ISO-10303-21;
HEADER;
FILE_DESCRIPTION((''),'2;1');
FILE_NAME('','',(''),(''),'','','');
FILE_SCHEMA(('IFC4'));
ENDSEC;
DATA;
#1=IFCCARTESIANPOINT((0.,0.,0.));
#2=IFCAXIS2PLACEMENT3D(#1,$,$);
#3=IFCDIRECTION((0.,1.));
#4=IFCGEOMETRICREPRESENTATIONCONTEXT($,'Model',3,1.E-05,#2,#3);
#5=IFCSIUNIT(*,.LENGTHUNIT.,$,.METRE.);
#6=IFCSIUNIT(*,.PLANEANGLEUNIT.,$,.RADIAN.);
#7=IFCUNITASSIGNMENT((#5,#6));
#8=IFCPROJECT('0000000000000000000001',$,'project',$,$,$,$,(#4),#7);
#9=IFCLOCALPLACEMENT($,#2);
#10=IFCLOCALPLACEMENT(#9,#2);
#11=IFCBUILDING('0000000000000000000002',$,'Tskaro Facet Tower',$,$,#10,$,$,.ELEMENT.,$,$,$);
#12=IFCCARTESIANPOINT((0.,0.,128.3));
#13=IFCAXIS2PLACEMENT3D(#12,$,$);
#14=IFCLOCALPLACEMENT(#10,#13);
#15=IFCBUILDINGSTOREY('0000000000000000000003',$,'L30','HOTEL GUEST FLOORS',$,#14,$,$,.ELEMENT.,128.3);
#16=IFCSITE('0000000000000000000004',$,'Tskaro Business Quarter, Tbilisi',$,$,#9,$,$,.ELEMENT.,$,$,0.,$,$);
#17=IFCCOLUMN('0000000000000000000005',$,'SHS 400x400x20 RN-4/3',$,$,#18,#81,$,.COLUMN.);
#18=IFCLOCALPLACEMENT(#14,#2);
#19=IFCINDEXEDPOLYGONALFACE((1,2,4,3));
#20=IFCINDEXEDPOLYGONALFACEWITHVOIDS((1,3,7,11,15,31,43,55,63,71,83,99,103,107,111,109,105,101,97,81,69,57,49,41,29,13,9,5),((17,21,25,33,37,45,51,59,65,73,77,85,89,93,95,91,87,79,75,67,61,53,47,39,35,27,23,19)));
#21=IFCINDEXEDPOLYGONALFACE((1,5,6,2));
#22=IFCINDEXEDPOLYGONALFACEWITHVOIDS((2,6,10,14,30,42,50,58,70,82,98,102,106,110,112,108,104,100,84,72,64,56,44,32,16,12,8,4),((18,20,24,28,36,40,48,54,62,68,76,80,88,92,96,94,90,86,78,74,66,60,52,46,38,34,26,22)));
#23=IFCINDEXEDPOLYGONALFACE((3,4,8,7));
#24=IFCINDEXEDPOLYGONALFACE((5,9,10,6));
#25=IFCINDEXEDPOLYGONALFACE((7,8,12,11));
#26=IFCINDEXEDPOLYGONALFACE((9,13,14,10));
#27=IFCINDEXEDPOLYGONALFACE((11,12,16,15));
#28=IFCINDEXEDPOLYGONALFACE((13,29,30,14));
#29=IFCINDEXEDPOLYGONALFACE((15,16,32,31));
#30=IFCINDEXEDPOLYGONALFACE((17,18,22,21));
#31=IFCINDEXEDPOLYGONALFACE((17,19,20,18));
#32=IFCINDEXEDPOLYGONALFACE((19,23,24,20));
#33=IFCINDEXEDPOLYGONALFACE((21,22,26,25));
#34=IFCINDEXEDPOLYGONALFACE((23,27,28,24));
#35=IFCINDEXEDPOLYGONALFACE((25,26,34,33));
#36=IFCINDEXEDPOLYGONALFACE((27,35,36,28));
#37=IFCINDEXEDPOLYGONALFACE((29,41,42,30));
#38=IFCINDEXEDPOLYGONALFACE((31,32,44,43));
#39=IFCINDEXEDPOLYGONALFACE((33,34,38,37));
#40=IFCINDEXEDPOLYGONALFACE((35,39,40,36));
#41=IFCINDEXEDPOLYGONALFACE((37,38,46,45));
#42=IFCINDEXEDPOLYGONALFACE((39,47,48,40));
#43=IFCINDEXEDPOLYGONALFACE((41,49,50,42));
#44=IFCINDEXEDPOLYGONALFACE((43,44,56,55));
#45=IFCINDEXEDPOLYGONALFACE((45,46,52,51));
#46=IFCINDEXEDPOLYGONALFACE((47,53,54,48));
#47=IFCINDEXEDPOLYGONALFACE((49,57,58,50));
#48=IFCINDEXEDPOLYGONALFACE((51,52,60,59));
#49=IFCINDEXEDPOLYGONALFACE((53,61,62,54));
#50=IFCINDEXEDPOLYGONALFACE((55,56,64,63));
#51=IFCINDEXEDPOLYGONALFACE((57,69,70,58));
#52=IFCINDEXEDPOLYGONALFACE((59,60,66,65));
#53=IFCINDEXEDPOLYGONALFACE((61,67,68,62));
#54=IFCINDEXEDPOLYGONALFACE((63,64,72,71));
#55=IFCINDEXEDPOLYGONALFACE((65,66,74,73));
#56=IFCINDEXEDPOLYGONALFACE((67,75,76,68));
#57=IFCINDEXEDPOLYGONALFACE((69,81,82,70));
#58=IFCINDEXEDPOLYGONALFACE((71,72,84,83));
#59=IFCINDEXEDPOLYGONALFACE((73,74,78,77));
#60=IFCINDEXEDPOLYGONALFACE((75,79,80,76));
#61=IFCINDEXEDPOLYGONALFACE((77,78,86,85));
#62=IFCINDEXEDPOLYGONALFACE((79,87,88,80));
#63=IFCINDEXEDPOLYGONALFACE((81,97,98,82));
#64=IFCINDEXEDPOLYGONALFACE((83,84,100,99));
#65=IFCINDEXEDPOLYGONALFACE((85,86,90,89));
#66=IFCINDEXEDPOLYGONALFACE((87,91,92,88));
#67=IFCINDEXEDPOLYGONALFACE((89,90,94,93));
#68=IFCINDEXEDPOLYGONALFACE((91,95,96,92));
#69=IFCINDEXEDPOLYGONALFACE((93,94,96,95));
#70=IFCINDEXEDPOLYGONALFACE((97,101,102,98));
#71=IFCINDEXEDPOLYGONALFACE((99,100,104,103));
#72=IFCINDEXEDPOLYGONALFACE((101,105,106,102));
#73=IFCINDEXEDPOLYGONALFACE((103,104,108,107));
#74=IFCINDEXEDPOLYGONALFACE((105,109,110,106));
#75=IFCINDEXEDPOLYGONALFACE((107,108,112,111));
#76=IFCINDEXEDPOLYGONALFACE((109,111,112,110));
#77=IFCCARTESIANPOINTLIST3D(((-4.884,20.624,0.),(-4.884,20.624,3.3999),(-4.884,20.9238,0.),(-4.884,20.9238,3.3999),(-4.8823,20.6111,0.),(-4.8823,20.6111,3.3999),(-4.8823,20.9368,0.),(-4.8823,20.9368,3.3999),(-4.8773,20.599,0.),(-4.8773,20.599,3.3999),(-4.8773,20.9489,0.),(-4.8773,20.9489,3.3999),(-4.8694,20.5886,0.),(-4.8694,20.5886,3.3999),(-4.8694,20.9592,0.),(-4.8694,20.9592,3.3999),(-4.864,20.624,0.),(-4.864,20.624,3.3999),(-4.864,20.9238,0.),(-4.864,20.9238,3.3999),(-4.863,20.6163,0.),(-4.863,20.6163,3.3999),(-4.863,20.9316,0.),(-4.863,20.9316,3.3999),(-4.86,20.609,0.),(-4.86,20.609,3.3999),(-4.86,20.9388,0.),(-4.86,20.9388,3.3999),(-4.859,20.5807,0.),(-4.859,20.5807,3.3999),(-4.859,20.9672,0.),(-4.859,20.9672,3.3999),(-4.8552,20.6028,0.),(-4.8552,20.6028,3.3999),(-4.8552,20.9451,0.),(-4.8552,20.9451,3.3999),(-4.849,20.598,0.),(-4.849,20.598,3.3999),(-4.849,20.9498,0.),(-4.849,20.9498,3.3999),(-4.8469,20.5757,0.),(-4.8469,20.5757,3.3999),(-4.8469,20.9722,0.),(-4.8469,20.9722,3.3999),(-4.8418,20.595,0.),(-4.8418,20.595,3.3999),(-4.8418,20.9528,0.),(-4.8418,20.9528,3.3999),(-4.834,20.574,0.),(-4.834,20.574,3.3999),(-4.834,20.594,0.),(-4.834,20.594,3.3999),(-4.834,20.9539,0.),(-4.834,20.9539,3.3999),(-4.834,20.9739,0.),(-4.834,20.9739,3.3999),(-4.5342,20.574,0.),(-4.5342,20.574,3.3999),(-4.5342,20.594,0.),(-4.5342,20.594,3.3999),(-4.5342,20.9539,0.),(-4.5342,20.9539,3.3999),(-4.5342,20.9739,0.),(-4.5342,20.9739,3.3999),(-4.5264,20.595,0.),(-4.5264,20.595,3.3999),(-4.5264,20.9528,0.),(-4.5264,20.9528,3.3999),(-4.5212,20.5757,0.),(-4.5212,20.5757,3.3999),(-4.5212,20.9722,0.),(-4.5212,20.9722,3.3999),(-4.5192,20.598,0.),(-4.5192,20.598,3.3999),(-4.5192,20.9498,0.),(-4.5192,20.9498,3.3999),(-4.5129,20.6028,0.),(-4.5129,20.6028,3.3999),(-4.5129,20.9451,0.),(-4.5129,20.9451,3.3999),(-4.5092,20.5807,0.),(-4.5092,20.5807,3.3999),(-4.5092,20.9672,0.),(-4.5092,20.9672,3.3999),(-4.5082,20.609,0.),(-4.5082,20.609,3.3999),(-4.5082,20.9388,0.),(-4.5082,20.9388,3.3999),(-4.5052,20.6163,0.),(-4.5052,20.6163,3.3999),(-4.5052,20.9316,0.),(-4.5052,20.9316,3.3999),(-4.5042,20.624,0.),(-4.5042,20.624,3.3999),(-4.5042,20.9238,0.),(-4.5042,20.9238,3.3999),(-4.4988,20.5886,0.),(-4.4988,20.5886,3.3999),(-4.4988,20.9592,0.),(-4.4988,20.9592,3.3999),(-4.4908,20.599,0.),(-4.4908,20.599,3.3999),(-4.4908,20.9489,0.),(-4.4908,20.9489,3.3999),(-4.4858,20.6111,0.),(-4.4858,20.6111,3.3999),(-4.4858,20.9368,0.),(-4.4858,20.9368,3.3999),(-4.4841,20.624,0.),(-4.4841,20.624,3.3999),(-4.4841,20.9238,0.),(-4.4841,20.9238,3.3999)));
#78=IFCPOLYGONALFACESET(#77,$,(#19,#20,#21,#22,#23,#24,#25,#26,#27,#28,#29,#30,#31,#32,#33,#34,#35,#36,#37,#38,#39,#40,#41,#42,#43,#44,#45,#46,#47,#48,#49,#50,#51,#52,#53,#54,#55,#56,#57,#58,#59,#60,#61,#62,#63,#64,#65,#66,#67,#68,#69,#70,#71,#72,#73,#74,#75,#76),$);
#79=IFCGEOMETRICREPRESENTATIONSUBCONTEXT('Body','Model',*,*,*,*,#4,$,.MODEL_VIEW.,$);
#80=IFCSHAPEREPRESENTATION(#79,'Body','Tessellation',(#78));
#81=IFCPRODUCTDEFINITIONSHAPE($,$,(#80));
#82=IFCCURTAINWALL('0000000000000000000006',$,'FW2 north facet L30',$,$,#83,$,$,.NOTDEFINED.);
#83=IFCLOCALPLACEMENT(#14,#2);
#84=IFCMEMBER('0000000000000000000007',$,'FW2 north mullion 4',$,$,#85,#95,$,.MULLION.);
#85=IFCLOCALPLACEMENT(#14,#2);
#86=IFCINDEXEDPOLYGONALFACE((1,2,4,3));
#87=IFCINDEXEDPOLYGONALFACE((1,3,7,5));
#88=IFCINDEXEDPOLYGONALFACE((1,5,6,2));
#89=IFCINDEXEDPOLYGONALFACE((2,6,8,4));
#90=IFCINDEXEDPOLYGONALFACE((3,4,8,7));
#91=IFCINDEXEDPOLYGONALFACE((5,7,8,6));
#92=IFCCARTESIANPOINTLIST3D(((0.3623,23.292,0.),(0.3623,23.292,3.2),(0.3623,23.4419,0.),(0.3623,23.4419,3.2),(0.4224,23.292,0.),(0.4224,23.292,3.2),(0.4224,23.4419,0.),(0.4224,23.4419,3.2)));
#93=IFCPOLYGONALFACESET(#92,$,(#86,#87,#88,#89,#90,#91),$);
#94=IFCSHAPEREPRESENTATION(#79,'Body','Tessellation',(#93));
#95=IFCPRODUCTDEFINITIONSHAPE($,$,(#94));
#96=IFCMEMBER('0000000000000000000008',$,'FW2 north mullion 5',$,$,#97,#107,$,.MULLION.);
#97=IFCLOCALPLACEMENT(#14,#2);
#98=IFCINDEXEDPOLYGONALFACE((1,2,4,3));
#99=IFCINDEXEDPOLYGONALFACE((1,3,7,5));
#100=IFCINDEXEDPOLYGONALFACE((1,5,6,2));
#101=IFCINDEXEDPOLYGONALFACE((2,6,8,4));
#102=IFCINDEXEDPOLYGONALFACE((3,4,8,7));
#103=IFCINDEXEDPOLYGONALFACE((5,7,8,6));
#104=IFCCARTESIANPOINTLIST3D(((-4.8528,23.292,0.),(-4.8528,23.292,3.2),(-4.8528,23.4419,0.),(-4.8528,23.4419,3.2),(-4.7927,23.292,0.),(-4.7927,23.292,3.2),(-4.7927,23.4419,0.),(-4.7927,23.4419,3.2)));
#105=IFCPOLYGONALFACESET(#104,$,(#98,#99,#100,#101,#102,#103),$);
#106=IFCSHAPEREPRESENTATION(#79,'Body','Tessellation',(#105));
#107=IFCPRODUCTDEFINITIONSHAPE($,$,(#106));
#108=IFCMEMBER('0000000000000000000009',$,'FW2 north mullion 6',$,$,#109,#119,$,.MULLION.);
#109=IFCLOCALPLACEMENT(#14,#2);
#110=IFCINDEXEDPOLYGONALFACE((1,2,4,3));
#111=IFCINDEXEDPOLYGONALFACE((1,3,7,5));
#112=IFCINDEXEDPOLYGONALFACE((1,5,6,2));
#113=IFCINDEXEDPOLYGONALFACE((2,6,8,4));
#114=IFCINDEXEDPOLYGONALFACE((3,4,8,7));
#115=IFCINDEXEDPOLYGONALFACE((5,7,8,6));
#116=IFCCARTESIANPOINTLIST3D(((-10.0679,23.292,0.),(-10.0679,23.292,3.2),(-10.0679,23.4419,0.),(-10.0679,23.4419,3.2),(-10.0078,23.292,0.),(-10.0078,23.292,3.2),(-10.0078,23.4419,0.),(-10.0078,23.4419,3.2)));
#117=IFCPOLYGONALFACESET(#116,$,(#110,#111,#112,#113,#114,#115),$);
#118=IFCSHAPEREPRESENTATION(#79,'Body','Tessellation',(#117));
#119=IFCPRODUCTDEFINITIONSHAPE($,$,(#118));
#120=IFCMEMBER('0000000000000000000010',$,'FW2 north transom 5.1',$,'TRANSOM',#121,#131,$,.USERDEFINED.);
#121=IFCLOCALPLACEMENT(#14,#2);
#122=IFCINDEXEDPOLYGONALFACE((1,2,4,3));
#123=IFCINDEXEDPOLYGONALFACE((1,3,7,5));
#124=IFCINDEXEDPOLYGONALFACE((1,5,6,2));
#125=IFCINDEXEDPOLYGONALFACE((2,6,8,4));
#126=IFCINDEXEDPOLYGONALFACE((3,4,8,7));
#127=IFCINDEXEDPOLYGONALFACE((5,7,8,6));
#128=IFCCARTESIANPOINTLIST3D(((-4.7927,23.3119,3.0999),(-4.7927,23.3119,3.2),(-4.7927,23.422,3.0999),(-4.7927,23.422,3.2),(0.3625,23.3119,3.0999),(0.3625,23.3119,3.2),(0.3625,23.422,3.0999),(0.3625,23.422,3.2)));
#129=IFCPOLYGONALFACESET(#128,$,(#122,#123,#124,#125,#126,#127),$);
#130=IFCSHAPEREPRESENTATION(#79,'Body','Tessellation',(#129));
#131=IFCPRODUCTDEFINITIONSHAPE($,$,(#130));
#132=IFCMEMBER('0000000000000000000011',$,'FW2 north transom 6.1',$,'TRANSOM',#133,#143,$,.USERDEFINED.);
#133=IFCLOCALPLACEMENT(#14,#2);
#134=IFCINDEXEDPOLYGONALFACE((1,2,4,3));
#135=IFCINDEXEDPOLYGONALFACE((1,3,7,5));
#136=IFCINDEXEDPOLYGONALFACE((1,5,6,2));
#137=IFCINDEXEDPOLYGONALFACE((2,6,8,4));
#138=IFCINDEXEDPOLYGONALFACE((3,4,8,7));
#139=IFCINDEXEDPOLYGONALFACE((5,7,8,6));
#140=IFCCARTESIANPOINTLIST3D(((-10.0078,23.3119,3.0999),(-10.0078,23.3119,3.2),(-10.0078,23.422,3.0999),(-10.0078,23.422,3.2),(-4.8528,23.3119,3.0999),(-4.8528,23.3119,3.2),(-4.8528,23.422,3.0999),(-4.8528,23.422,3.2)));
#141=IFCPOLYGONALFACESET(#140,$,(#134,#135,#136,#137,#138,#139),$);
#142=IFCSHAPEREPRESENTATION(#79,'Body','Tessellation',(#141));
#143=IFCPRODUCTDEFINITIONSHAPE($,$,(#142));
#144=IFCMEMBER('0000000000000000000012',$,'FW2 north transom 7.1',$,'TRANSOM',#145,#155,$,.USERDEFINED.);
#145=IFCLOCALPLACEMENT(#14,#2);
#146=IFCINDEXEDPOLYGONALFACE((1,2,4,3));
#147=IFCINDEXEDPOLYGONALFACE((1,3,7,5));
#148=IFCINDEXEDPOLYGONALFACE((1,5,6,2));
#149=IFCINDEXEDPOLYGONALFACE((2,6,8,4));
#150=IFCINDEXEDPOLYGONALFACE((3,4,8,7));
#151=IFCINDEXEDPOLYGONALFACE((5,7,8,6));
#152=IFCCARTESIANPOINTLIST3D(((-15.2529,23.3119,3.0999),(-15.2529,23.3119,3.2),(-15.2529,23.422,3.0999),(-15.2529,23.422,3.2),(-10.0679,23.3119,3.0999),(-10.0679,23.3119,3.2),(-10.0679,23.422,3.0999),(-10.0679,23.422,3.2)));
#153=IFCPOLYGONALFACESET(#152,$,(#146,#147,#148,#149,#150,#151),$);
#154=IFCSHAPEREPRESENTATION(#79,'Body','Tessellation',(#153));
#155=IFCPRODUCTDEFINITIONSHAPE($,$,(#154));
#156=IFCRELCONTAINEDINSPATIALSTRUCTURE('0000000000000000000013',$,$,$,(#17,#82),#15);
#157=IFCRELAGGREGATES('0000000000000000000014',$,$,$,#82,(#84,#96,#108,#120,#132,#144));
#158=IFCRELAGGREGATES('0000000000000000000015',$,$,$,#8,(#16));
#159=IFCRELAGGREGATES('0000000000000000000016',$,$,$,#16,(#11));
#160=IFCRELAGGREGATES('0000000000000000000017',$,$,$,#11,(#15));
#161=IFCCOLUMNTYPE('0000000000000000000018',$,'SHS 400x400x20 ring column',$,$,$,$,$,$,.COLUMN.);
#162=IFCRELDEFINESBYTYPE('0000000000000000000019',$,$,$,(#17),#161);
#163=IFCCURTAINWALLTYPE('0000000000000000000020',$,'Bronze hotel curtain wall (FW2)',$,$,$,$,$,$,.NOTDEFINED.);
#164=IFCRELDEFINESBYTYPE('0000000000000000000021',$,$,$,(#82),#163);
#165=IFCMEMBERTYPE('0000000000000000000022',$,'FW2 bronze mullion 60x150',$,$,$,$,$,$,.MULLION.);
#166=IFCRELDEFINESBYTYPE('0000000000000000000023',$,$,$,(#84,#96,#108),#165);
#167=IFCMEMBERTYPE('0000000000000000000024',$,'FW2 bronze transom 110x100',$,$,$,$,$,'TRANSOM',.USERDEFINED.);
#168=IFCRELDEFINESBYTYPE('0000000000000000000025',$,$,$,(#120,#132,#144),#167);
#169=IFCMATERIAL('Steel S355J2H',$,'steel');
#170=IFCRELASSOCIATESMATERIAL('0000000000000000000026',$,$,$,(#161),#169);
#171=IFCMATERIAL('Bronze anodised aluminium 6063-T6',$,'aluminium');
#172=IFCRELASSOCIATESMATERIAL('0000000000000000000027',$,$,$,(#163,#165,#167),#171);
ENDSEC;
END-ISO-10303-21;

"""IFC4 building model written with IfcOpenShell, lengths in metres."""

from ifc_helpers import new_model, si_unit, direction, frame, origin, origin_2d, place, context, subcontext, project, spatial, rectangle, hollow_rectangle, extrude, material, material_profile, profile_set, type_object, element, aggregate, save


model = new_model("IFC4")

# Units and contexts
model_context = context("Model", 3, precision=1e-05, world=origin(), true_north=direction((0.0, 1.0)))
body_context = subcontext(model_context, "Body", "Model", "MODEL_VIEW")
ifc_project = project(units=[si_unit("LENGTHUNIT", "METRE"), si_unit("PLANEANGLEUNIT", "RADIAN")], contexts=[model_context])

# Site, building, storey
site_placement = place(None, origin())
site = spatial("IfcSite", under=ifc_project, at=site_placement, Name="Tskaro Business Quarter, Tbilisi", CompositionType="ELEMENT", RefElevation=0.0)
building_placement = place(site_placement, origin())
building = spatial("IfcBuilding", under=site, at=building_placement, Name="Tskaro Facet Tower", CompositionType="ELEMENT")
storey_placement = place(building_placement, frame((0.0, 0.0, 128.3)))
storey = spatial("IfcBuildingStorey", under=building, at=storey_placement, Name="L30", Description="HOTEL GUEST FLOORS", CompositionType="ELEMENT", Elevation=128.3)

# Column
ifc_material_1 = material(Name="Steel S355J2H", Category="steel")
ifc_material_profile_1 = material_profile(ifc_material_1, hollow_rectangle(XDim=0.3999, YDim=0.3999, WallThickness=0.02, InnerFilletRadius=0.03, OuterFilletRadius=0.05, at=origin_2d()), Name="SHS 400x400x20")
ifc_profile_set_1 = profile_set([ifc_material_profile_1], Name="Steel S355J2H")
column_type = type_object("IfcColumnType", Name="SHS 400x400x20 ring column", PredefinedType="COLUMN", material=ifc_profile_set_1)
column_placement = place(storey_placement, frame((-4.6841, 20.7739, 0.0), z_axis=(0.0, 0.0, 1.0), x_axis=(1.0, 0.0, 0.0)))
element("IfcColumn", 1, at=column_placement, inside=storey, type_object=column_type, Name="SHS 400x400x20 RN-4/3", PredefinedType="COLUMN", context=body_context, shape_type="SweptSolid", body=[
    extrude(hollow_rectangle(XDim=0.3999, YDim=0.3999, WallThickness=0.02, InnerFilletRadius=0.03, OuterFilletRadius=0.05, at=origin_2d()), origin(), (0.0, 0.0, 1.0), 3.3999),
])

# Curtain wall, members
ifc_material_2 = material(Name="Bronze anodised aluminium 6063-T6", Category="aluminium")
curtain_wall_type = type_object("IfcCurtainWallType", Name="Bronze hotel curtain wall (FW2)", PredefinedType="NOTDEFINED", material=ifc_material_2)
curtain_wall_placement = place(storey_placement, origin())
curtain_wall = element("IfcCurtainWall", 2, at=curtain_wall_placement, inside=storey, type_object=curtain_wall_type, Name="FW2 north facet L30", PredefinedType="NOTDEFINED")
ifc_material_profile_2 = material_profile(ifc_material_2, rectangle(XDim=0.0601, YDim=0.1499, at=origin_2d()), Name="Mullion 60x150")
ifc_profile_set_2 = profile_set([ifc_material_profile_2], Name="Bronze anodised aluminium 6063-T6")
member_type_1 = type_object("IfcMemberType", Name="FW2 bronze mullion 60x150", PredefinedType="MULLION", material=ifc_profile_set_2)
member_1_placement = place(storey_placement, frame((0.3923, 23.3669, 0.0), z_axis=(0.0, 0.0, 1.0), x_axis=(-1.0, 0.0, 0.0)))
member_1 = element("IfcMember", 3, at=member_1_placement, type_object=member_type_1, Name="FW2 north mullion 4", PredefinedType="MULLION", context=body_context, shape_type="SweptSolid", body=[
    extrude(rectangle(XDim=0.0601, YDim=0.1499, at=origin_2d()), origin(), (0.0, 0.0, 1.0), 3.2),
])
member_2_placement = place(storey_placement, frame((-4.8228, 23.3669, 0.0), z_axis=(0.0, 0.0, 1.0), x_axis=(-1.0, 0.0, 0.0)))
member_2 = element("IfcMember", 4, at=member_2_placement, type_object=member_type_1, Name="FW2 north mullion 5", PredefinedType="MULLION", context=body_context, shape_type="SweptSolid", body=[
    extrude(rectangle(XDim=0.0601, YDim=0.1499, at=origin_2d()), origin(), (0.0, 0.0, 1.0), 3.2),
])
member_3_placement = place(storey_placement, frame((-10.0378, 23.3669, 0.0), z_axis=(0.0, 0.0, 1.0), x_axis=(-1.0, 0.0, 0.0)))
member_3 = element("IfcMember", 5, at=member_3_placement, type_object=member_type_1, Name="FW2 north mullion 6", PredefinedType="MULLION", context=body_context, shape_type="SweptSolid", body=[
    extrude(rectangle(XDim=0.0601, YDim=0.1499, at=origin_2d()), origin(), (0.0, 0.0, 1.0), 3.2),
])
ifc_material_profile_3 = material_profile(ifc_material_2, rectangle(XDim=0.1101, YDim=0.1001, at=origin_2d()), Name="Transom 110x100")
ifc_profile_set_3 = profile_set([ifc_material_profile_3], Name="Bronze anodised aluminium 6063-T6")
member_type_2 = type_object("IfcMemberType", Name="FW2 bronze transom 110x100", ElementType="TRANSOM", PredefinedType="USERDEFINED", material=ifc_profile_set_3)
member_4_placement = place(storey_placement, frame((0.3625, 23.3669, 3.1499), z_axis=(-1.0, 0.0, 0.0), x_axis=(0.0, -1.0, 0.0)))
member_4 = element("IfcMember", 6, at=member_4_placement, type_object=member_type_2, Name="FW2 north transom 5.1", ObjectType="TRANSOM", PredefinedType="USERDEFINED", context=body_context, shape_type="SweptSolid", body=[
    extrude(rectangle(XDim=0.1101, YDim=0.1001, at=origin_2d()), origin(), (0.0, 0.0, 1.0), 5.1553),
])
member_5_placement = place(storey_placement, frame((-4.8528, 23.3669, 3.1499), z_axis=(-1.0, 0.0, 0.0), x_axis=(0.0, -1.0, 0.0)))
member_5 = element("IfcMember", 7, at=member_5_placement, type_object=member_type_2, Name="FW2 north transom 6.1", ObjectType="TRANSOM", PredefinedType="USERDEFINED", context=body_context, shape_type="SweptSolid", body=[
    extrude(rectangle(XDim=0.1101, YDim=0.1001, at=origin_2d()), origin(), (0.0, 0.0, 1.0), 5.155),
])
member_6_placement = place(storey_placement, frame((-10.0679, 23.3669, 3.1499), z_axis=(-1.0, 0.0, 0.0), x_axis=(0.0, -1.0, 0.0)))
member_6 = element("IfcMember", 8, at=member_6_placement, type_object=member_type_2, Name="FW2 north transom 7.1", ObjectType="TRANSOM", PredefinedType="USERDEFINED", context=body_context, shape_type="SweptSolid", body=[
    extrude(rectangle(XDim=0.1101, YDim=0.1001, at=origin_2d()), origin(), (0.0, 0.0, 1.0), 5.1851),
])

aggregate(curtain_wall, [member_1, member_2, member_3, member_4, member_5, member_6])

save(model, "model.ifc")
